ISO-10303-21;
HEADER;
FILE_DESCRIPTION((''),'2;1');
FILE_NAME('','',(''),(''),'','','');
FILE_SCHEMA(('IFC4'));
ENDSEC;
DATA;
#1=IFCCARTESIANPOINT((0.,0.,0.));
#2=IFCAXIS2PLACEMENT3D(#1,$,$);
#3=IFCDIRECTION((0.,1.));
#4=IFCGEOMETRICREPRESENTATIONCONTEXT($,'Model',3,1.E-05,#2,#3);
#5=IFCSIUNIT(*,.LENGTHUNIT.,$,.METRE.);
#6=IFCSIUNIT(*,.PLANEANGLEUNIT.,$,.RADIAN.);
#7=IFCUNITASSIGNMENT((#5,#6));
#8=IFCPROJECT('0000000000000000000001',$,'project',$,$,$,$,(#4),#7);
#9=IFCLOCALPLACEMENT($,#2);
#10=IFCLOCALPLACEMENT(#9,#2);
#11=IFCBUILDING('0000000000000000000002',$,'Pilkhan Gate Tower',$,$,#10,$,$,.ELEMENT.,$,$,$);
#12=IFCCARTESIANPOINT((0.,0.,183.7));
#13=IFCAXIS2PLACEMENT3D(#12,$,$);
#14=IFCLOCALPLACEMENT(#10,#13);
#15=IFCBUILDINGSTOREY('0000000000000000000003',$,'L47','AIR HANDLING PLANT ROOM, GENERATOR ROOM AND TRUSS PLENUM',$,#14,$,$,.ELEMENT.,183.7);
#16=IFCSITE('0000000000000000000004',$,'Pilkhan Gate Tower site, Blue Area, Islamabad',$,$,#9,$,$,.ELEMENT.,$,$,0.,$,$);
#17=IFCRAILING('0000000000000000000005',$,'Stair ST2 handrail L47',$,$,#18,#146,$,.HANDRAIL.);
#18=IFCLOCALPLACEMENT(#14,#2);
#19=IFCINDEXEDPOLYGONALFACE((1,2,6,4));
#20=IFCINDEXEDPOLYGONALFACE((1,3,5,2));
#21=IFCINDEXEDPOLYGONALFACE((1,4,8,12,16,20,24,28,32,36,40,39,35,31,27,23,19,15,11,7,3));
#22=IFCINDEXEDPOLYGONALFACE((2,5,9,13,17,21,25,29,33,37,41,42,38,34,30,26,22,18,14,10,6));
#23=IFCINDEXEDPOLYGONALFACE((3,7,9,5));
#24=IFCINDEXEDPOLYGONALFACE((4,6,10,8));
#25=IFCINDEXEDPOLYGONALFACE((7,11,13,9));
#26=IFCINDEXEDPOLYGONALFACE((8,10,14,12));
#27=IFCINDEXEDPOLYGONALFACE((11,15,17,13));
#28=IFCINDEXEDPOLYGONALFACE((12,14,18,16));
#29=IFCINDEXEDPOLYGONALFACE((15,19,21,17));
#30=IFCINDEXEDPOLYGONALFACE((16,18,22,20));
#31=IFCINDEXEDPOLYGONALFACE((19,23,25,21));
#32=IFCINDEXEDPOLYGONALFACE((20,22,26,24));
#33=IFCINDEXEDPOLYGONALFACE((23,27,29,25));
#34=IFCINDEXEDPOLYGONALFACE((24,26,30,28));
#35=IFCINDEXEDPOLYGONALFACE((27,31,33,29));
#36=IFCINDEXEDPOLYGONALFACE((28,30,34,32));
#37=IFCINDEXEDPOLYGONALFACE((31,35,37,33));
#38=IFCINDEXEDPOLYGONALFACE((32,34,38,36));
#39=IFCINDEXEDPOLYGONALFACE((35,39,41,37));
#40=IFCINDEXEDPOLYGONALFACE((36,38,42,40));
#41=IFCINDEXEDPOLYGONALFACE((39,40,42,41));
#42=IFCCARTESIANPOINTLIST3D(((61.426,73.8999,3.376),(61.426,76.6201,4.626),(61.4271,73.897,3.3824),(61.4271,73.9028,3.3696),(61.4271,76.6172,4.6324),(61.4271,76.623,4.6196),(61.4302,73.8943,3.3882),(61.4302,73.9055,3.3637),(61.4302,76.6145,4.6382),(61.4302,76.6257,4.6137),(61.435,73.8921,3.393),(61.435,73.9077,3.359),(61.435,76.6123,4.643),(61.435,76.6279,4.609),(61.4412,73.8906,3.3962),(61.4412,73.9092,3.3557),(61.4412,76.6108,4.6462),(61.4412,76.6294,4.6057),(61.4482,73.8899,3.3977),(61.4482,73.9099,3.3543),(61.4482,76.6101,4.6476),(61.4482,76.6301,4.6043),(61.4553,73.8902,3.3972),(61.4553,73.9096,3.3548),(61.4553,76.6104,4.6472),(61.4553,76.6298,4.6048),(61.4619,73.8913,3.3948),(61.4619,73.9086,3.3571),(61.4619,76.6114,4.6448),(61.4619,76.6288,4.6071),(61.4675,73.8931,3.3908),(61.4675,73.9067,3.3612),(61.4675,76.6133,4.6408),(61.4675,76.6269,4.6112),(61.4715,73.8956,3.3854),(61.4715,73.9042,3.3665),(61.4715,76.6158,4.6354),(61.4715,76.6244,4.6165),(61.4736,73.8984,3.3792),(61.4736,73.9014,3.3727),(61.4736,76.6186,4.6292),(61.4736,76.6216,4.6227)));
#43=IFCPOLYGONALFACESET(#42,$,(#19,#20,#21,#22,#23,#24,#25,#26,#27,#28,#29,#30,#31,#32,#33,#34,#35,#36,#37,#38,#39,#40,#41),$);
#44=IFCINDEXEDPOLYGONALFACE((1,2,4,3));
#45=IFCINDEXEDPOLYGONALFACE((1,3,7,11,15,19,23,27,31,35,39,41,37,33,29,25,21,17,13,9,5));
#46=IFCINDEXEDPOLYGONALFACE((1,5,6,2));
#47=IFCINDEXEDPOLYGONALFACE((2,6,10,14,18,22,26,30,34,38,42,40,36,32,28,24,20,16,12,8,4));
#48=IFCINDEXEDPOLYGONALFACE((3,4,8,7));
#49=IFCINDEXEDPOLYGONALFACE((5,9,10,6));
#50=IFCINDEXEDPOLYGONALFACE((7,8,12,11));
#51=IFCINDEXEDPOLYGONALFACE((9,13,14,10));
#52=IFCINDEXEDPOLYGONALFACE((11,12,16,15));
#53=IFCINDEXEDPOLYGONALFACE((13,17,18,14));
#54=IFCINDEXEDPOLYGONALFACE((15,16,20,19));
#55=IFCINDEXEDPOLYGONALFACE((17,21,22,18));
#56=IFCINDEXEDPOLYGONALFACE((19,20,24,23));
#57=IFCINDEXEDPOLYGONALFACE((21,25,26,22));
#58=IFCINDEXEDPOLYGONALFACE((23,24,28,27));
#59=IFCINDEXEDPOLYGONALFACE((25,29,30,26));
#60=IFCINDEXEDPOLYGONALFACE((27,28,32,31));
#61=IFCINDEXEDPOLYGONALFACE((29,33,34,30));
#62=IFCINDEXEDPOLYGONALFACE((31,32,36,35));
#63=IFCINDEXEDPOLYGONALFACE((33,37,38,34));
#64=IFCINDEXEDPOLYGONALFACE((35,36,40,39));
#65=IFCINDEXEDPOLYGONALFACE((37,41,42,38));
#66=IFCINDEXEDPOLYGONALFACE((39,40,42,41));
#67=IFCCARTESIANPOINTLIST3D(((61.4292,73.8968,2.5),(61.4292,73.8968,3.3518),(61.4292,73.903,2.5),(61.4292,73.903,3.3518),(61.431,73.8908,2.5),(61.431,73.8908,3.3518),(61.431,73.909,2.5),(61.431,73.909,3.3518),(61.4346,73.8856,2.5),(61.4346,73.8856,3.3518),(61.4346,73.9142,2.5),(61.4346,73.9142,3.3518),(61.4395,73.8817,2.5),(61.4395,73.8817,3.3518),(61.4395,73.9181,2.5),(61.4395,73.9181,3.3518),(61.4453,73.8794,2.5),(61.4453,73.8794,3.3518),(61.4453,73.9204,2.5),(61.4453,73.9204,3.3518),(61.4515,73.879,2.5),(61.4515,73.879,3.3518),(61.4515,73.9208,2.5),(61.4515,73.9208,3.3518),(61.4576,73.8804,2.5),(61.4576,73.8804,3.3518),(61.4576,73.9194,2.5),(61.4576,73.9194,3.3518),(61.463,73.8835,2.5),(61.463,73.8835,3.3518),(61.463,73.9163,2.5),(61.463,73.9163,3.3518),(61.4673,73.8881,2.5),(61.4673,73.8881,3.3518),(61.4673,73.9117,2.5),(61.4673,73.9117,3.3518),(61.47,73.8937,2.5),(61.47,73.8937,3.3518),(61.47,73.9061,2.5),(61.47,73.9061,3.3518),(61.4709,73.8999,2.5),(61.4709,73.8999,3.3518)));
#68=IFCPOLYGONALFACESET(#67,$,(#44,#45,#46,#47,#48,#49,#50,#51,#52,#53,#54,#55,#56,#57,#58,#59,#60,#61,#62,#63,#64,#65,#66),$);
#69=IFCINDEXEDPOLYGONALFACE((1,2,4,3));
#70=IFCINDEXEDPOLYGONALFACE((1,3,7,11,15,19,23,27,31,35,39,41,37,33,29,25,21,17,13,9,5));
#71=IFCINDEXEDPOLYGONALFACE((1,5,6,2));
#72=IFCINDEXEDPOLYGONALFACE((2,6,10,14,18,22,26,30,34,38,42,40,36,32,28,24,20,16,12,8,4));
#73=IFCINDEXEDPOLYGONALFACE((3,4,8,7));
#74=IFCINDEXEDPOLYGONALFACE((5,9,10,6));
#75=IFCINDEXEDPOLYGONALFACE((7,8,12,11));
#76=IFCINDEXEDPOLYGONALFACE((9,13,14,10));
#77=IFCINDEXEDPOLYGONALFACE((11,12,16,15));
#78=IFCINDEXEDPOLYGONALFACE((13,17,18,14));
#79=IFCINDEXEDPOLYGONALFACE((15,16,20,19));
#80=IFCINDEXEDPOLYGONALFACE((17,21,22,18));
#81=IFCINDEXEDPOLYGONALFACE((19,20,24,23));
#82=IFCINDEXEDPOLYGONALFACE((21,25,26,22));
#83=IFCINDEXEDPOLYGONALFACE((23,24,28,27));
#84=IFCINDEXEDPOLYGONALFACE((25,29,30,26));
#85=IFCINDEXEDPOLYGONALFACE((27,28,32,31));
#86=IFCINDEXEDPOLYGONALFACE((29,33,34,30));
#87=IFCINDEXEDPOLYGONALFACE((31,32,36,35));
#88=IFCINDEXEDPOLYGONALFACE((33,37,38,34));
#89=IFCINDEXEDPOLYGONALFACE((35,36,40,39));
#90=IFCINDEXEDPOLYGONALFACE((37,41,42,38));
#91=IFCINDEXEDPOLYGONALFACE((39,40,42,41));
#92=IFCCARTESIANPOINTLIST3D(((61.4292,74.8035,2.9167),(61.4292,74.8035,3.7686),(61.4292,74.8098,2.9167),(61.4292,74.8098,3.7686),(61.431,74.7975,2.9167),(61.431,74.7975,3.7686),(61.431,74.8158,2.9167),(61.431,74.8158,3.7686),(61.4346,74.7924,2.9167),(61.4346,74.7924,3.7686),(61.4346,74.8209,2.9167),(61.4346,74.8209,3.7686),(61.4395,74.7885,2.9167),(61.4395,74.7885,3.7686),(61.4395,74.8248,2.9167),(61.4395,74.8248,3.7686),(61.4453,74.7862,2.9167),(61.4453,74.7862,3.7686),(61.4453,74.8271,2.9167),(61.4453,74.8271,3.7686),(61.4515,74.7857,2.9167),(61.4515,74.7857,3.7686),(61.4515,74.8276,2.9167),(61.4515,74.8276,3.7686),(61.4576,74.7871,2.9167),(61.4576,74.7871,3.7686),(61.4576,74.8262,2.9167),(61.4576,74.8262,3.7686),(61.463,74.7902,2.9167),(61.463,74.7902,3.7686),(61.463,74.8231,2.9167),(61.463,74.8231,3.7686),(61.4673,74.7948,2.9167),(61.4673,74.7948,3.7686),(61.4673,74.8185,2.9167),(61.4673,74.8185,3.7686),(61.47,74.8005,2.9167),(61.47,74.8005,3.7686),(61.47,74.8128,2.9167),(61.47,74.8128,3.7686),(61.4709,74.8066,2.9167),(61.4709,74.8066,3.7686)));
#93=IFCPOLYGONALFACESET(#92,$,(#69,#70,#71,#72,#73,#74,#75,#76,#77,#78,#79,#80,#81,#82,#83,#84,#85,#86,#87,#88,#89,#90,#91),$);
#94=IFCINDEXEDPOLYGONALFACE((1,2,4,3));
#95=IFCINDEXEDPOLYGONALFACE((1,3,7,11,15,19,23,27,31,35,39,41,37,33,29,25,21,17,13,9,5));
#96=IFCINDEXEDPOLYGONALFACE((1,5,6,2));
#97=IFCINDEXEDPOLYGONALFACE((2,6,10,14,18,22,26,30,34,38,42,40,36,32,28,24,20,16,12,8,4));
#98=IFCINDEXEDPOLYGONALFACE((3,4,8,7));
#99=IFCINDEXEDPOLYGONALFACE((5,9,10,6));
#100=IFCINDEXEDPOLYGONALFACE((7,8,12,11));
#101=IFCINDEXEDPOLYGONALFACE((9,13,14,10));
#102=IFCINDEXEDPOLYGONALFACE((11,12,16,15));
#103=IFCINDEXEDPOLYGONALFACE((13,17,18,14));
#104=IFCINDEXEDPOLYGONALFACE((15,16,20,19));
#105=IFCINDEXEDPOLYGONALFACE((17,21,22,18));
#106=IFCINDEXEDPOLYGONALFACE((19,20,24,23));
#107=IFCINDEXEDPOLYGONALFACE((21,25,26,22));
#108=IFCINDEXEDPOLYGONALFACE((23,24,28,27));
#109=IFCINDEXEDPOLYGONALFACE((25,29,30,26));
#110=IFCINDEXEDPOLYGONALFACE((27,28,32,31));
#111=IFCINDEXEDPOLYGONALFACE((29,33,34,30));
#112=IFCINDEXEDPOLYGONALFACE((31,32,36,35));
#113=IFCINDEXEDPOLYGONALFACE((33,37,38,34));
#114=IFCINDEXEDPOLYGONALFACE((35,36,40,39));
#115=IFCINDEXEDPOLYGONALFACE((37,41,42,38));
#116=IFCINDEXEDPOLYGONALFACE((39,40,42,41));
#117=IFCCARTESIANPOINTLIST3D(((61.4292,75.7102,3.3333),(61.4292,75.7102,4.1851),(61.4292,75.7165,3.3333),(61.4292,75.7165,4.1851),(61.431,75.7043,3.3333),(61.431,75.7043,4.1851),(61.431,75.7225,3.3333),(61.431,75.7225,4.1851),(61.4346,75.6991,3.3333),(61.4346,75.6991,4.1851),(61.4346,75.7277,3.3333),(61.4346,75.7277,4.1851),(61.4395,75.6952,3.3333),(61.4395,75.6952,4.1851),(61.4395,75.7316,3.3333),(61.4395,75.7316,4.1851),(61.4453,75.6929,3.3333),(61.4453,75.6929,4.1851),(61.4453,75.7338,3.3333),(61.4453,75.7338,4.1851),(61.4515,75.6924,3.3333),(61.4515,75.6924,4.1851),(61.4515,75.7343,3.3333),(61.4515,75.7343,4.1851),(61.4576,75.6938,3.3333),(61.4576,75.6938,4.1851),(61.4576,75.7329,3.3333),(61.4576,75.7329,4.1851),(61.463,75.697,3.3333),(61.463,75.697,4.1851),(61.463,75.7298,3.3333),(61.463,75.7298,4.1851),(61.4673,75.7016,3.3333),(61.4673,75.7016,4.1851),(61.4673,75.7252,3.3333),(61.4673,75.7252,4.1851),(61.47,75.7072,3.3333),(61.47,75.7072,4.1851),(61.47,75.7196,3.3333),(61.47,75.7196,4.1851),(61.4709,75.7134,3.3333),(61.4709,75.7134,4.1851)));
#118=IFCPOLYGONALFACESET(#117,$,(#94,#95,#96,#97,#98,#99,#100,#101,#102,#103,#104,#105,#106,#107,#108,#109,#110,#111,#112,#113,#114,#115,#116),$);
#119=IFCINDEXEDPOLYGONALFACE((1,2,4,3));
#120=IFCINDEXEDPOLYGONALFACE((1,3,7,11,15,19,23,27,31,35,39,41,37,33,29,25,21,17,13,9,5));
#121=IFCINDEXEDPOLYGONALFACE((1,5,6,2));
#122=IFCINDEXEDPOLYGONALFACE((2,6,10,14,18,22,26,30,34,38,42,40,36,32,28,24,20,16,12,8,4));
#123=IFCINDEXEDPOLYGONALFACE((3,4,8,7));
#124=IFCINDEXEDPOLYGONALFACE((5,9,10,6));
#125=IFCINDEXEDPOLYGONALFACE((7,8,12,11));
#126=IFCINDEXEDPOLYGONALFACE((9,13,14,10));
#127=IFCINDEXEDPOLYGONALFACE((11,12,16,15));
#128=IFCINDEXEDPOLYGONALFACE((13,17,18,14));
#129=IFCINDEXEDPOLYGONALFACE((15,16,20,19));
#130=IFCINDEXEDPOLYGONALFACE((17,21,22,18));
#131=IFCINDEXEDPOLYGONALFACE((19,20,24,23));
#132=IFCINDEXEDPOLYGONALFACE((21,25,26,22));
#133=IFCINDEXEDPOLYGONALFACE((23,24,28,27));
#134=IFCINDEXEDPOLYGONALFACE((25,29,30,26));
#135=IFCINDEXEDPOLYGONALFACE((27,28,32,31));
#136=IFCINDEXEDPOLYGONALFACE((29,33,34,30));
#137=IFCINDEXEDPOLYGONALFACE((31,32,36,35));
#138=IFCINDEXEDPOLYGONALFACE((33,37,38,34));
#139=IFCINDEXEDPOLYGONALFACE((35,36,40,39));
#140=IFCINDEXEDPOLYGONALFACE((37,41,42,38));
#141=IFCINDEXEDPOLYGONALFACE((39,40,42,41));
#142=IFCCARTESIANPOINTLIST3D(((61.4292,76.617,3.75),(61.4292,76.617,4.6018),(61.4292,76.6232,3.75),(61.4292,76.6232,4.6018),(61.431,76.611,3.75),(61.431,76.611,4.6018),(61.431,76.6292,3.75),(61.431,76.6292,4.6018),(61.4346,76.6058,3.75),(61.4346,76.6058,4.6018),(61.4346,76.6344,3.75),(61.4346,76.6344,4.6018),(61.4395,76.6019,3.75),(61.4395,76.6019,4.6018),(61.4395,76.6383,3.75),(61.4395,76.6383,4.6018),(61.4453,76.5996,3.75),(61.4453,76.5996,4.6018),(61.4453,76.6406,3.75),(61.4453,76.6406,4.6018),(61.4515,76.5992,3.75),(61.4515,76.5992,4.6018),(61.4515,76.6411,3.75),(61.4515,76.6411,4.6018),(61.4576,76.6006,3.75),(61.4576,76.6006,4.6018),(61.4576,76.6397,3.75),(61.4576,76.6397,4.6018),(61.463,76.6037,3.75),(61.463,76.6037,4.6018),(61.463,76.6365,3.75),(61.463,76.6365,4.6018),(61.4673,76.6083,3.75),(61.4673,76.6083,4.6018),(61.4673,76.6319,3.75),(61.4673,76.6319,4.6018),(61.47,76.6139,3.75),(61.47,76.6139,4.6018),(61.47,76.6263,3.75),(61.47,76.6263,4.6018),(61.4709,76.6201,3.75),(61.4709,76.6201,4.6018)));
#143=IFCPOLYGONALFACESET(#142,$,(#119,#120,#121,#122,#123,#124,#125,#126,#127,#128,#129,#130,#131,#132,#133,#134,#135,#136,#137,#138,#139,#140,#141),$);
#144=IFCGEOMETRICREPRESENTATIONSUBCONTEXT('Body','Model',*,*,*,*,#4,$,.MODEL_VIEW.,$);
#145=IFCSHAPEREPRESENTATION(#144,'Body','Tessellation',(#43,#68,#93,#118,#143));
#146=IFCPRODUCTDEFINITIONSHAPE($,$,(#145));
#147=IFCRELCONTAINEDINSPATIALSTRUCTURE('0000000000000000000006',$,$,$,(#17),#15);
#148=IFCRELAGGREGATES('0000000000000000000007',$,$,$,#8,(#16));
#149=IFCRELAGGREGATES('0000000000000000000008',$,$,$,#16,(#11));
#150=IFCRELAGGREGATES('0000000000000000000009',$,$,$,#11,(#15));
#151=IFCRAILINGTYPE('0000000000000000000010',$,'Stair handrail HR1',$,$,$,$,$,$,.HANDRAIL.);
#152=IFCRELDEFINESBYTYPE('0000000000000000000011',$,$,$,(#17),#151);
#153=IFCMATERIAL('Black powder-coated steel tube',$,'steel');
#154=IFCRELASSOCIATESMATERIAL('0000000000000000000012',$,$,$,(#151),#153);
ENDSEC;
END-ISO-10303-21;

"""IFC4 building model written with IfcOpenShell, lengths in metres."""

from ifc_helpers import new_model, si_unit, direction, frame, origin, origin_2d, place, context, subcontext, project, spatial, circle, extrude, material, type_object, element, save


model = new_model("IFC4")

# Units and contexts
model_context = context("Model", 3, precision=1e-05, world=origin(), true_north=direction((0.0, 1.0)))
body_context = subcontext(model_context, "Body", "Model", "MODEL_VIEW")
ifc_project = project(units=[si_unit("LENGTHUNIT", "METRE"), si_unit("PLANEANGLEUNIT", "RADIAN")], contexts=[model_context])

# Site, building, storey
site_placement = place(None, origin())
site = spatial("IfcSite", under=ifc_project, at=site_placement, Name="Pilkhan Gate Tower site, Blue Area, Islamabad", CompositionType="ELEMENT", RefElevation=0.0)
building_placement = place(site_placement, origin())
building = spatial("IfcBuilding", under=site, at=building_placement, Name="Pilkhan Gate Tower", CompositionType="ELEMENT")
storey_placement = place(building_placement, frame((0.0, 0.0, 183.7)))
storey = spatial("IfcBuildingStorey", under=building, at=storey_placement, Name="L47", Description="AIR HANDLING PLANT ROOM, GENERATOR ROOM AND TRUSS PLENUM", CompositionType="ELEMENT", Elevation=183.7)

# Railing
ifc_material_1 = material(Name="Black powder-coated steel tube", Category="steel")
railing_type_1 = type_object("IfcRailingType", Name="Stair handrail HR1", PredefinedType="HANDRAIL", material=ifc_material_1)
railing_1_placement = place(storey_placement, frame((61.45, 73.8999, 2.5)))
element("IfcRailing", 1, at=railing_1_placement, inside=storey, type_object=railing_type_1, Name="Stair ST2 handrail L47", PredefinedType="HANDRAIL", context=body_context, shape_type="SweptSolid", body=[
    extrude(circle(Radius=0.0239, at=origin_2d()), frame((0.0, 0.0, 0.876), z_axis=(0.0, 0.908655, 0.417547), x_axis=(-1.0, 0.0, 0.0)), (0.0, 0.0, 1.0), 2.9937),
    extrude(circle(Radius=0.021, at=origin_2d()), origin(), (0.0, 0.0, 1.0), 0.8518),
    extrude(circle(Radius=0.021, at=origin_2d()), frame((0.0, 0.9067, 0.4167)), (0.0, 0.0, 1.0), 0.8518),
    extrude(circle(Radius=0.021, at=origin_2d()), frame((0.0, 1.8135, 0.8333)), (0.0, 0.0, 1.0), 0.8518),
    extrude(circle(Radius=0.021, at=origin_2d()), frame((0.0, 2.7202, 1.25)), (0.0, 0.0, 1.0), 0.8518),
])

save(model, "model.ifc")
